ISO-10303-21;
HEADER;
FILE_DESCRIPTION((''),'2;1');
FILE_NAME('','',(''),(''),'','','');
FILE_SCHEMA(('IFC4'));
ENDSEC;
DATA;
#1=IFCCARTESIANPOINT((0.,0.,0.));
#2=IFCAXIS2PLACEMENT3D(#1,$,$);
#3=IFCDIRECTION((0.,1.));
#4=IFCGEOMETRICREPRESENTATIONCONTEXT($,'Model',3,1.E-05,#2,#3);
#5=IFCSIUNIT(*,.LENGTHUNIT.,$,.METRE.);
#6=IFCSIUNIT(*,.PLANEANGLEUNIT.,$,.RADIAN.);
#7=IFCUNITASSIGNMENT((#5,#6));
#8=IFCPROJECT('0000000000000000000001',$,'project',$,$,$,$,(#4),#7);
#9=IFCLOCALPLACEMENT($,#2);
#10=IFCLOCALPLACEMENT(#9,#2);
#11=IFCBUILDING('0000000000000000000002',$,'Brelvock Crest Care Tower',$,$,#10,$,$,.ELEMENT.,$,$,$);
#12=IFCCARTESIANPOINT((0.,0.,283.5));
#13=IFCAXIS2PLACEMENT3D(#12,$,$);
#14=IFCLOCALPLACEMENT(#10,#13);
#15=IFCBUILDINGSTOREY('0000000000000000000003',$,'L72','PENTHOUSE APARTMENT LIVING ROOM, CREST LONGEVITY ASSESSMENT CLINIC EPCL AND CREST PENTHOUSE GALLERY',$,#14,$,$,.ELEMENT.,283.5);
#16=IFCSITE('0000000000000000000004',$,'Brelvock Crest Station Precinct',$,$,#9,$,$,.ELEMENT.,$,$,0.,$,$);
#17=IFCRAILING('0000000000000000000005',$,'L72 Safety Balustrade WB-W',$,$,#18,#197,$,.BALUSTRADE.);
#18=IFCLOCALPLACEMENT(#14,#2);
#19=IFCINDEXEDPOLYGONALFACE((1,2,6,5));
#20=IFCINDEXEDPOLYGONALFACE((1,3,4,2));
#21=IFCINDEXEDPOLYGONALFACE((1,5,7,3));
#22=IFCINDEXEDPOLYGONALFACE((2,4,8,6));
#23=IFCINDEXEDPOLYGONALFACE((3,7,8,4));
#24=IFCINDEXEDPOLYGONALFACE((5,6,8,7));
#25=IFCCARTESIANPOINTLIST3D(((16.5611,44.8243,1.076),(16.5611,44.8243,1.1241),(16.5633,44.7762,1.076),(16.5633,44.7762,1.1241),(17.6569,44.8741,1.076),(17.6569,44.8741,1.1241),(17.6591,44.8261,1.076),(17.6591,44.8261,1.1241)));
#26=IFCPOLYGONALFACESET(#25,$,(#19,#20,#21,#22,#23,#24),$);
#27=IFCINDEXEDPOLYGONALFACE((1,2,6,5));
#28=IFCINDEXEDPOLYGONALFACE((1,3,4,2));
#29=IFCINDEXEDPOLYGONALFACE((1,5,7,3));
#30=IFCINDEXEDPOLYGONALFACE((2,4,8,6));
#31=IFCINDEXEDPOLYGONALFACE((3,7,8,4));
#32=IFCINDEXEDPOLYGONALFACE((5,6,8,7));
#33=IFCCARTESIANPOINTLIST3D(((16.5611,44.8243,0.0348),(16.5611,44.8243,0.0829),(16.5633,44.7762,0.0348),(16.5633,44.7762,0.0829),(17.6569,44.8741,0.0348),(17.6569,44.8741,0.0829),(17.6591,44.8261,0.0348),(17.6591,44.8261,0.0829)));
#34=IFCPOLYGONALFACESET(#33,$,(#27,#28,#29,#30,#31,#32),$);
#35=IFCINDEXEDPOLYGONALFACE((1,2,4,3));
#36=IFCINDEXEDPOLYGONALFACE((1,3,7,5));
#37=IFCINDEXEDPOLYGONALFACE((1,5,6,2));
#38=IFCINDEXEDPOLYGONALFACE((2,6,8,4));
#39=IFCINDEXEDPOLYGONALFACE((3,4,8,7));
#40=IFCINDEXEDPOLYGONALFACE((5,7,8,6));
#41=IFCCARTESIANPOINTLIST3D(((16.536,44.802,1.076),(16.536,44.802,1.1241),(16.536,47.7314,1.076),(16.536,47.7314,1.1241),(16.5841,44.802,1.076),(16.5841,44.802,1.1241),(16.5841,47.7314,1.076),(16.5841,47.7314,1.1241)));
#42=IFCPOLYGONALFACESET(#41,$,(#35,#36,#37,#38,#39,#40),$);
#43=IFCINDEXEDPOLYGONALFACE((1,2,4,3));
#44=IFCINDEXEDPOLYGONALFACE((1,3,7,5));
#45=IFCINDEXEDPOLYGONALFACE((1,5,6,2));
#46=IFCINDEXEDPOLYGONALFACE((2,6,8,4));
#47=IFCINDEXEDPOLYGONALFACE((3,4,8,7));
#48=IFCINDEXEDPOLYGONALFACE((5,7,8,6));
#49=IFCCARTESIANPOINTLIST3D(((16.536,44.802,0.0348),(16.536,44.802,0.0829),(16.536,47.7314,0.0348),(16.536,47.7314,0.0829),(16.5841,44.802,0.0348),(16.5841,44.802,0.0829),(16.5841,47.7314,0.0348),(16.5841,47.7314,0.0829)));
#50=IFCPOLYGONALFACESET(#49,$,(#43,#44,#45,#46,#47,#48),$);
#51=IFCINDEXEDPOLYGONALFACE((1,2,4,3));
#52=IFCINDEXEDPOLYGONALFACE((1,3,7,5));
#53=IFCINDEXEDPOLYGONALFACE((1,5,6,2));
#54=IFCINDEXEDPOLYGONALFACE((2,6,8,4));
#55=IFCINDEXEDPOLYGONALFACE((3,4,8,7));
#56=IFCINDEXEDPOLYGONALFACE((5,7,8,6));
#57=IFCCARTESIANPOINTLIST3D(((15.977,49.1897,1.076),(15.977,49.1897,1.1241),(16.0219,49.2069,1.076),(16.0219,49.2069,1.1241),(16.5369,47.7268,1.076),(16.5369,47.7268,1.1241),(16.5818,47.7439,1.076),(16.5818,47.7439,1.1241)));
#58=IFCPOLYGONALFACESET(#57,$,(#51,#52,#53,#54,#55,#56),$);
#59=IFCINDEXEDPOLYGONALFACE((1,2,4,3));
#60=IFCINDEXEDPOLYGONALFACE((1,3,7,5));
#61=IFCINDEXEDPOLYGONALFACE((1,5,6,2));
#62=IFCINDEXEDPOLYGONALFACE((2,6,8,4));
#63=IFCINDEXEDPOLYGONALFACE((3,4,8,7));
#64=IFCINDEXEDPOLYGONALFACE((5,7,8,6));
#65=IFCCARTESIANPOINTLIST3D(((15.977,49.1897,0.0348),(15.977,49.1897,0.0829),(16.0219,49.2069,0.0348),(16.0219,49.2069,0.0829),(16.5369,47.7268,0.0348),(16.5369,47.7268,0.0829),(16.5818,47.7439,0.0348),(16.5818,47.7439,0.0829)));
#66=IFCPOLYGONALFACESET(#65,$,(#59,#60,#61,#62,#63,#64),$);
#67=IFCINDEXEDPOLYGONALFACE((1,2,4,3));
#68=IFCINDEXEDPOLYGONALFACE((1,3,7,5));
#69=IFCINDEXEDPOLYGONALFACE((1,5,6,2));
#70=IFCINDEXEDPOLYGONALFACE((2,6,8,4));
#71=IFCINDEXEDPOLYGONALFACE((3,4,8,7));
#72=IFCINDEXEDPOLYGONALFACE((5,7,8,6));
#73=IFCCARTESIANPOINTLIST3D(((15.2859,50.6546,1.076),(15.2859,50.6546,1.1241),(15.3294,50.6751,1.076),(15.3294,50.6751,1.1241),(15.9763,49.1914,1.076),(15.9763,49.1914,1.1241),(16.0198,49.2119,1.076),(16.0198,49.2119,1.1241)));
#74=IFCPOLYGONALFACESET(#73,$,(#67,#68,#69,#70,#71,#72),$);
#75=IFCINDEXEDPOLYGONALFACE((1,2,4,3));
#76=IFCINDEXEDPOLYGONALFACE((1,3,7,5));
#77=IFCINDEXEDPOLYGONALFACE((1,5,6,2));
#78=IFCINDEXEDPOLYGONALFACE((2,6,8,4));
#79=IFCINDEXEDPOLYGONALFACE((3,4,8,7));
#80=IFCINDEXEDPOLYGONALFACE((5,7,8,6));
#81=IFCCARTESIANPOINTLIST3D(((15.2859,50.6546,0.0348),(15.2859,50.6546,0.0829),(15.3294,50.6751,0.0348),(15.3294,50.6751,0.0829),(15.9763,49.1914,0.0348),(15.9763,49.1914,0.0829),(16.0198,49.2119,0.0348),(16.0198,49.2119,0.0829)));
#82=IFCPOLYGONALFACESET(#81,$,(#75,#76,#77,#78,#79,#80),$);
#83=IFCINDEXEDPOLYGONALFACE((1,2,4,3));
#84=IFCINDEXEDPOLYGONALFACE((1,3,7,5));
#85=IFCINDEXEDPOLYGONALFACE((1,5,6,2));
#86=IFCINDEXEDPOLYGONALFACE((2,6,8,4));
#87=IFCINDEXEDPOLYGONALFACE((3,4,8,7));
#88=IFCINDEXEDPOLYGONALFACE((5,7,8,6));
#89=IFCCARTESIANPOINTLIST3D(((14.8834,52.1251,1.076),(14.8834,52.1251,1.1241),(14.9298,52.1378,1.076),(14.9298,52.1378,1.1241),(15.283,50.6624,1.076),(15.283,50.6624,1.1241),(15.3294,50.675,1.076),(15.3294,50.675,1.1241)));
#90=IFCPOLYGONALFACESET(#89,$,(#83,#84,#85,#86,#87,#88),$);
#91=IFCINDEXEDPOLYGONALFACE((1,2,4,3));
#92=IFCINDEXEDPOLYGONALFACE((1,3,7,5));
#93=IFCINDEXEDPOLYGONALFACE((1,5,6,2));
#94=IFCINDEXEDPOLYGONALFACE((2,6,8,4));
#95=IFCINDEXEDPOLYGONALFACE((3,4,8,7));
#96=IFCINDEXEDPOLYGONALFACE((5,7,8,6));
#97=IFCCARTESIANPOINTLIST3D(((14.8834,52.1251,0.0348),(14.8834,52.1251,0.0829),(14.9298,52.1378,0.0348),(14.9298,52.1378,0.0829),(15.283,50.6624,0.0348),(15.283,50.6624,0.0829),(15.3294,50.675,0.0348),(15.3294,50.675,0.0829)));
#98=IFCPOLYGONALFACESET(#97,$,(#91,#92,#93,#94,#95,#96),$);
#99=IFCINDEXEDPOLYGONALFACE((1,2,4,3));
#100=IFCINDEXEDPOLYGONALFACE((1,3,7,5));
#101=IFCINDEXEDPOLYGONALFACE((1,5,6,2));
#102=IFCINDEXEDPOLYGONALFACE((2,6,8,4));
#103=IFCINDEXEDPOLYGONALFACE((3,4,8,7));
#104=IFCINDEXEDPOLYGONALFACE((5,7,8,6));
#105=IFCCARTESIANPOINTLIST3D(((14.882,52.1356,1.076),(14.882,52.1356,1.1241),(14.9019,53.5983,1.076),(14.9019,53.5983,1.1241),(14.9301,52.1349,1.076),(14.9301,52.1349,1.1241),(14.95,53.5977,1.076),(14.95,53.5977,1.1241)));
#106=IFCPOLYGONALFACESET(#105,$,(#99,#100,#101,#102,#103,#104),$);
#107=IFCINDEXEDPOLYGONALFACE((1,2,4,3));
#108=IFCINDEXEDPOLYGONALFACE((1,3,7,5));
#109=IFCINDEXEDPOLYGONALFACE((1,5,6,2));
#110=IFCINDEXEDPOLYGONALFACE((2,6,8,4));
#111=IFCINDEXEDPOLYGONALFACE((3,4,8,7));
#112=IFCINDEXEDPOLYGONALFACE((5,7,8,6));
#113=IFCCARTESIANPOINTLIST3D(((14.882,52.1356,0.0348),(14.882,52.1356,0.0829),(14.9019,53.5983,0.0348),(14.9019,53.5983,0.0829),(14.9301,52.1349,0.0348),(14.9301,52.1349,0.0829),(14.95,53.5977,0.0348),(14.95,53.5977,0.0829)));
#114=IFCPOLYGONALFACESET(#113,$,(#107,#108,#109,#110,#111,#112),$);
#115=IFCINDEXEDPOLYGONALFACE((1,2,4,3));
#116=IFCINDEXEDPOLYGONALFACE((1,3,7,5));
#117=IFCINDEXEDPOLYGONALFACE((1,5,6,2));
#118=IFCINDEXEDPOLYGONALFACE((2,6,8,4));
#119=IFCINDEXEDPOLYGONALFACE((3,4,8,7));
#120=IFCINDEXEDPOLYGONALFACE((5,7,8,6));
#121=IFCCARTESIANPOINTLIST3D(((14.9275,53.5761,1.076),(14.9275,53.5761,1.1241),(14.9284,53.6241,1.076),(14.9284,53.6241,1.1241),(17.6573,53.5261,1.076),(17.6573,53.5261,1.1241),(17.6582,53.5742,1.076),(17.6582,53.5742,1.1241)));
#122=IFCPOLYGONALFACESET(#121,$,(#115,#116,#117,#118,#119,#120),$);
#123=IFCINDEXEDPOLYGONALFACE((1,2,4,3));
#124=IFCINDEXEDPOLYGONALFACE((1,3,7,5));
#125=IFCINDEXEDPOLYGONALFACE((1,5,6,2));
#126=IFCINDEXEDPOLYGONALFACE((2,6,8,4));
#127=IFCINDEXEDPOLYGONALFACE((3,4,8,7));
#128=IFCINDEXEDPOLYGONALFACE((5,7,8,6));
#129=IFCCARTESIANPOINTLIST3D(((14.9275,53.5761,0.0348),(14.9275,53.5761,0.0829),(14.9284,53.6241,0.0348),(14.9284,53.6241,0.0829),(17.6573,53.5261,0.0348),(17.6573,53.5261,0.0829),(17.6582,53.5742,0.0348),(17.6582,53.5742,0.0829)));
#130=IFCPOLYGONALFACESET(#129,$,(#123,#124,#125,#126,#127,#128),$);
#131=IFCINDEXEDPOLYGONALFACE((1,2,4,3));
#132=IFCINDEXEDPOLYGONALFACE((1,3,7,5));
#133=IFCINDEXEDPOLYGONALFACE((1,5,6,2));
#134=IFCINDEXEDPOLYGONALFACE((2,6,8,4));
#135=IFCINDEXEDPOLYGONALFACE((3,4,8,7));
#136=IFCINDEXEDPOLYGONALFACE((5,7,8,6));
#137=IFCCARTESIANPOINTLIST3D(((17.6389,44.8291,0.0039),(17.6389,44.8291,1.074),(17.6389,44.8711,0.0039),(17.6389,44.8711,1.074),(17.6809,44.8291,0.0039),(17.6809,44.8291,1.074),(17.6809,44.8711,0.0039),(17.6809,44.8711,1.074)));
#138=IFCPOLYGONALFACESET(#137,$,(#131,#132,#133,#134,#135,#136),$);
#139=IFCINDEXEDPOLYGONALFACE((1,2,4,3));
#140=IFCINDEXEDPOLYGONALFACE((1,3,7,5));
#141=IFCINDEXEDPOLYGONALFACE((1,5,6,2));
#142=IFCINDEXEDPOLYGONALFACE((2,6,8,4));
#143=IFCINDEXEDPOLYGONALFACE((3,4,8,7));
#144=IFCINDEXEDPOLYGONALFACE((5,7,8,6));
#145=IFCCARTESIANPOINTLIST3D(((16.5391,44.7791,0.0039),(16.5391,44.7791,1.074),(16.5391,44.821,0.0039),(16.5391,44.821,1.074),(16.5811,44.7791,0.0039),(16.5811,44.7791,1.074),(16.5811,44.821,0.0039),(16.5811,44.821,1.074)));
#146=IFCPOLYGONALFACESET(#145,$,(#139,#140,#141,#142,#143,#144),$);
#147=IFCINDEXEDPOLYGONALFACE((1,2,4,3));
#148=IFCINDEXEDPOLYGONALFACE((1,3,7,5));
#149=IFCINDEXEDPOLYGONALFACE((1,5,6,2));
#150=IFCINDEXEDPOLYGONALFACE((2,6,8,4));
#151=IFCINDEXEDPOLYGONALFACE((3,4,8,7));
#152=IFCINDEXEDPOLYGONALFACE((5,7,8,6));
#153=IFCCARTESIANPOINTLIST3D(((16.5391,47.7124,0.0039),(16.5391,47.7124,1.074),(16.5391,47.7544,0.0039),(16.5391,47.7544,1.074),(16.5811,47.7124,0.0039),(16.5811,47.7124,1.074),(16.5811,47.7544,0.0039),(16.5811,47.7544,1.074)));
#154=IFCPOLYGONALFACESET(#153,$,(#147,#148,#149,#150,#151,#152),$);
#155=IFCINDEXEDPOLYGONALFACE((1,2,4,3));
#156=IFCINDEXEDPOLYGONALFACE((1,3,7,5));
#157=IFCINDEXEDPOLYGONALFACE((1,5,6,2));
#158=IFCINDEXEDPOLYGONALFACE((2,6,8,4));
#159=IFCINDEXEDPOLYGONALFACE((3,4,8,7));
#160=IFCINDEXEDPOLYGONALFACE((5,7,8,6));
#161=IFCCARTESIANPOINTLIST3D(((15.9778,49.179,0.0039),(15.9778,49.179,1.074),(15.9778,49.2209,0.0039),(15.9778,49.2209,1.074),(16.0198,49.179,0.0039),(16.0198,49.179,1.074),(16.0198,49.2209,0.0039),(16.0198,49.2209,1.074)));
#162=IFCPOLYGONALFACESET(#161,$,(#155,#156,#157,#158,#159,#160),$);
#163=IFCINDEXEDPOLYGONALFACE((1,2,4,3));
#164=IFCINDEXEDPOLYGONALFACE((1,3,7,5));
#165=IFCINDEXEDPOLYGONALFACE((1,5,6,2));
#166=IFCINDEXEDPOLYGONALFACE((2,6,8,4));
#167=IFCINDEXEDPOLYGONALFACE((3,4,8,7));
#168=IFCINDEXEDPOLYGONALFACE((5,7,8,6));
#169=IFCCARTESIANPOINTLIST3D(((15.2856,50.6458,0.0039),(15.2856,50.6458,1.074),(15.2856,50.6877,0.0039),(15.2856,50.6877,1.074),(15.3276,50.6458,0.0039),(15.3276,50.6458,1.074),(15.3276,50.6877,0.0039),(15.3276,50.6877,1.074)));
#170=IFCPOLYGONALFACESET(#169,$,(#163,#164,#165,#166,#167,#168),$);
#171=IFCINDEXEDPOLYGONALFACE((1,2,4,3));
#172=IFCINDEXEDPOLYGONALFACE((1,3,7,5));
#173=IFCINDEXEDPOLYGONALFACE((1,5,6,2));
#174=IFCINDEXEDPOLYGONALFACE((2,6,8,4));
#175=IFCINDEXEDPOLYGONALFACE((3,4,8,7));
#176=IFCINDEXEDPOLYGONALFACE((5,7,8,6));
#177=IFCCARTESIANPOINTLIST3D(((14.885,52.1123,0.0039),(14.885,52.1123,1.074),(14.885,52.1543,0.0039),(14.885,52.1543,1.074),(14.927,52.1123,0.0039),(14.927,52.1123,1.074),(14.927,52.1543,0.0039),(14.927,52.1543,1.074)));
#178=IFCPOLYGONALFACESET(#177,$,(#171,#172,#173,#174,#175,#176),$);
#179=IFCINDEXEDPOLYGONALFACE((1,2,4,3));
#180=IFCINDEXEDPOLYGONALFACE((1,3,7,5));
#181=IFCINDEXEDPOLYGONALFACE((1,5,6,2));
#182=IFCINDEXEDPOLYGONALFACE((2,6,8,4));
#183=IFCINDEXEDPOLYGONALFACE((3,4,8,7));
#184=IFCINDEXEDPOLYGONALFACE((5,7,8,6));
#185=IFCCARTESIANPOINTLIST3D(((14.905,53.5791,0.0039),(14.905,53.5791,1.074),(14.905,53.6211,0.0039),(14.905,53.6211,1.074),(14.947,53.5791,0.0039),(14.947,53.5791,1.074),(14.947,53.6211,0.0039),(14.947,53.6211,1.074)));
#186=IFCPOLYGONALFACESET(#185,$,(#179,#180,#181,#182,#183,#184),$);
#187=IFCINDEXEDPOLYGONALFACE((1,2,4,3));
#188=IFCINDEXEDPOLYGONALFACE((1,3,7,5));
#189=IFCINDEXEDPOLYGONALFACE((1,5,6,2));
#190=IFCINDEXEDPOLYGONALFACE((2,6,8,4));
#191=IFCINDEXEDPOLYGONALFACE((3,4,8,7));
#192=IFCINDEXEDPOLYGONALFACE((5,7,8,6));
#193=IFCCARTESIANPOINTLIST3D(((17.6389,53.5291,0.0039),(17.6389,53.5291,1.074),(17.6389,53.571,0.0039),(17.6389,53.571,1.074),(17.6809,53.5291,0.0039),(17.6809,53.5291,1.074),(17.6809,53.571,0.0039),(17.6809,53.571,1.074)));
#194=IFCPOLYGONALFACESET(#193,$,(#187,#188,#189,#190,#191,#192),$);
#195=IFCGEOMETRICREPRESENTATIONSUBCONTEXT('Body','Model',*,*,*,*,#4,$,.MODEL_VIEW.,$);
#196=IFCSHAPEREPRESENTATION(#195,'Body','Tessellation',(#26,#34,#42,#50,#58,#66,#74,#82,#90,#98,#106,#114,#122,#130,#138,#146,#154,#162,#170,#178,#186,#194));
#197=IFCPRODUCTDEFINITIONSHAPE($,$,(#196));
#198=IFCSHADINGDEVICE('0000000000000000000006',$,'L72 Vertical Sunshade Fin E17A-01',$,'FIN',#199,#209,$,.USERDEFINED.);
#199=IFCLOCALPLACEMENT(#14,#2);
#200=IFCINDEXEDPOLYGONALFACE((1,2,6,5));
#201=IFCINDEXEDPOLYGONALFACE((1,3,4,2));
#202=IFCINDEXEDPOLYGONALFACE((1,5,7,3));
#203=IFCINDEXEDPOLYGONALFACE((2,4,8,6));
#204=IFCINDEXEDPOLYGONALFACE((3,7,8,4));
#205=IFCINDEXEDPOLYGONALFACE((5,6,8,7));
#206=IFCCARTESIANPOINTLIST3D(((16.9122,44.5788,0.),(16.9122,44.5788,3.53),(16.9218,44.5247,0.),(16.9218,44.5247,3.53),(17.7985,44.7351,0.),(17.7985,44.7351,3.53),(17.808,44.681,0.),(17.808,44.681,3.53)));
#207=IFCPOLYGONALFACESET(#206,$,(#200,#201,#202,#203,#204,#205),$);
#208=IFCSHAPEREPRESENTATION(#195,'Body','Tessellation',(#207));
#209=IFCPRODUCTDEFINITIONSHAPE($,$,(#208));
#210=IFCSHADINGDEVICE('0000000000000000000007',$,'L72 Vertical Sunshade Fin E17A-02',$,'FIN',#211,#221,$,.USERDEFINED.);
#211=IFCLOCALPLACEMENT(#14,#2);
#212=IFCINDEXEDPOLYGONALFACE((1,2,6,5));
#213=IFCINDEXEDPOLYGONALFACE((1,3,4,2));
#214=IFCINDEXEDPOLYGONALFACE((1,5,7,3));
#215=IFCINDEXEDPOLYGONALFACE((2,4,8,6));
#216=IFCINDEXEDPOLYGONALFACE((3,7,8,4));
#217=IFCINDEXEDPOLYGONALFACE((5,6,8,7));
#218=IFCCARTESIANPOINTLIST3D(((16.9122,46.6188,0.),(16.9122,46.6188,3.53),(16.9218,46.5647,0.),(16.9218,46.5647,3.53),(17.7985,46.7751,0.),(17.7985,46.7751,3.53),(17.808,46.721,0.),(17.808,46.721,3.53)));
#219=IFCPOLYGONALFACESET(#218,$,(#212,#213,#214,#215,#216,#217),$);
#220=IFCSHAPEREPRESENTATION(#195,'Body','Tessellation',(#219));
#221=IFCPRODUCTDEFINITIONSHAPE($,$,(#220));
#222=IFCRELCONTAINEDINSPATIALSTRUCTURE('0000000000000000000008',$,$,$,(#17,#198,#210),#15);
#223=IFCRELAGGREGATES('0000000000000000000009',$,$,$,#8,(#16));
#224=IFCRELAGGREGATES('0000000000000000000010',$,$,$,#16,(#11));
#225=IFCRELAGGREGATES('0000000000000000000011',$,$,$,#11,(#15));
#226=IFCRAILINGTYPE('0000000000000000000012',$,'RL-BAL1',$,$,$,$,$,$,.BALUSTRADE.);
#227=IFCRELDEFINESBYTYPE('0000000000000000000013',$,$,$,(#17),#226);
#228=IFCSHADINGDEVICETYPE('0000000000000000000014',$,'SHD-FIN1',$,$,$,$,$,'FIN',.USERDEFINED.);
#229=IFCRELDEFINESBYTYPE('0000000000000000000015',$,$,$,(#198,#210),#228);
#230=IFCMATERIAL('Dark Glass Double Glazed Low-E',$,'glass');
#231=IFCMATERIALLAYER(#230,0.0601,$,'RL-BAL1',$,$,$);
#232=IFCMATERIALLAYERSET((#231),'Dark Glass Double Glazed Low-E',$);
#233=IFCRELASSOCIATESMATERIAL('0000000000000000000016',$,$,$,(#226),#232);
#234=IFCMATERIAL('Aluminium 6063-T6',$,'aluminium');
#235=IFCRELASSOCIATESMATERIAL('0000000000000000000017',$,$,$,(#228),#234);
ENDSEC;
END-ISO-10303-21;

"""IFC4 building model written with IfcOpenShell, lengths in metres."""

from ifc_helpers import new_model, si_unit, direction, frame, origin, origin_2d, place, context, subcontext, project, spatial, rectangle, extrude, source, transform, mapped, material, layer, layer_set, material_profile, profile_set, type_object, element, save


model = new_model("IFC4")

# Units and contexts
model_context = context("Model", 3, precision=1e-05, world=origin(), true_north=direction((0.0, 1.0)))
body_context = subcontext(model_context, "Body", "Model", "MODEL_VIEW")
ifc_project = project(units=[si_unit("LENGTHUNIT", "METRE"), si_unit("PLANEANGLEUNIT", "RADIAN")], contexts=[model_context])

# Site, building, storey
site_placement = place(None, origin())
site = spatial("IfcSite", under=ifc_project, at=site_placement, Name="Brelvock Crest Station Precinct", CompositionType="ELEMENT", RefElevation=0.0)
building_placement = place(site_placement, origin())
building = spatial("IfcBuilding", under=site, at=building_placement, Name="Brelvock Crest Care Tower", CompositionType="ELEMENT")
storey_placement = place(building_placement, frame((0.0, 0.0, 283.5)))
storey = spatial("IfcBuildingStorey", under=building, at=storey_placement, Name="L72", Description="PENTHOUSE APARTMENT LIVING ROOM, CREST LONGEVITY ASSESSMENT CLINIC EPCL AND CREST PENTHOUSE GALLERY", CompositionType="ELEMENT", Elevation=283.5)

# Shared definitions
ifc_material_1 = material(Name="Dark Glass Double Glazed Low-E", Category="glass")
ifc_material_2 = material(Name="Aluminium 6063-T6", Category="aluminium")

# Railing
ifc_layer_1 = layer(ifc_material_1, 0.0601, Name="RL-BAL1")
ifc_layer_set_1 = layer_set([ifc_layer_1], Name="Dark Glass Double Glazed Low-E")
railing_type = type_object("IfcRailingType", Name="RL-BAL1", PredefinedType="BALUSTRADE", material=ifc_layer_set_1)
railing_placement = place(storey_placement, frame((17.6599, 44.8501, 0.0039)))
element("IfcRailing", 1, at=railing_placement, inside=storey, type_object=railing_type, Name="L72 Safety Balustrade WB-W", PredefinedType="BALUSTRADE", context=body_context, shape_type="SweptSolid", body=[
    extrude(rectangle(XDim=0.0481, YDim=0.0481, at=origin_2d()), frame((-0.002, 0.0, 1.0962), z_axis=(-0.998966, -0.045458, 0.0), x_axis=(0.045458, -0.998966, 0.0)), (0.0, 0.0, 1.0), 1.0969),
    extrude(rectangle(XDim=0.0481, YDim=0.0481, at=origin_2d()), frame((-0.002, 0.0, 0.0549), z_axis=(-0.998966, -0.045458, 0.0), x_axis=(0.045458, -0.998966, 0.0)), (0.0, 0.0, 1.0), 1.0969),
    extrude(rectangle(XDim=0.0481, YDim=0.0481, at=origin_2d()), frame((-1.0999, -0.0481, 1.0962), z_axis=(0.0, 1.0, 0.0), x_axis=(-1.0, 0.0, 0.0)), (0.0, 0.0, 1.0), 2.9294),
    extrude(rectangle(XDim=0.0481, YDim=0.0481, at=origin_2d()), frame((-1.0999, -0.0481, 0.0549), z_axis=(0.0, 1.0, 0.0), x_axis=(-1.0, 0.0, 0.0)), (0.0, 0.0, 1.0), 2.9294),
    extrude(rectangle(XDim=0.0481, YDim=0.0481, at=origin_2d()), frame((-1.1006, 2.8853, 1.0962), z_axis=(-0.357437, 0.933937, 0.0), x_axis=(-0.933937, -0.357437, 0.0)), (0.0, 0.0, 1.0), 1.5664),
    extrude(rectangle(XDim=0.0481, YDim=0.0481, at=origin_2d()), frame((-1.1006, 2.8853, 0.0549), z_axis=(-0.357437, 0.933937, 0.0), x_axis=(-0.933937, -0.357437, 0.0)), (0.0, 0.0, 1.0), 1.5664),
    extrude(rectangle(XDim=0.0481, YDim=0.0481, at=origin_2d()), frame((-1.6619, 4.3516, 1.0962), z_axis=(-0.426746, 0.904371, 0.0), x_axis=(-0.904371, -0.426746, 0.0)), (0.0, 0.0, 1.0), 1.6179),
    extrude(rectangle(XDim=0.0481, YDim=0.0481, at=origin_2d()), frame((-1.6619, 4.3516, 0.0549), z_axis=(-0.426746, 0.904371, 0.0), x_axis=(-0.904371, -0.426746, 0.0)), (0.0, 0.0, 1.0), 1.6179),
    extrude(rectangle(XDim=0.0481, YDim=0.0481, at=origin_2d()), frame((-2.3538, 5.8186, 1.0962), z_axis=(-0.263525, 0.964653, 0.0), x_axis=(-0.964653, -0.263525, 0.0)), (0.0, 0.0, 1.0), 1.5164),
    extrude(rectangle(XDim=0.0481, YDim=0.0481, at=origin_2d()), frame((-2.3538, 5.8186, 0.0549), z_axis=(-0.263525, 0.964653, 0.0), x_axis=(-0.964653, -0.263525, 0.0)), (0.0, 0.0, 1.0), 1.5164),
    extrude(rectangle(XDim=0.0481, YDim=0.0481, at=origin_2d()), frame((-2.7539, 7.2852, 1.0962), z_axis=(0.013647, 0.999907, 0.0), x_axis=(-0.999907, 0.013647, 0.0)), (0.0, 0.0, 1.0), 1.4629),
    extrude(rectangle(XDim=0.0481, YDim=0.0481, at=origin_2d()), frame((-2.7539, 7.2852, 0.0549), z_axis=(0.013647, 0.999907, 0.0), x_axis=(-0.999907, 0.013647, 0.0)), (0.0, 0.0, 1.0), 1.4629),
    extrude(rectangle(XDim=0.0481, YDim=0.0481, at=origin_2d()), frame((-2.7319, 8.75, 1.0962), z_axis=(0.999832, -0.018304, 0.0), x_axis=(0.018304, 0.999832, 0.0)), (0.0, 0.0, 1.0), 2.7302),
    extrude(rectangle(XDim=0.0481, YDim=0.0481, at=origin_2d()), frame((-2.7319, 8.75, 0.0549), z_axis=(0.999832, -0.018304, 0.0), x_axis=(0.018304, 0.999832, 0.0)), (0.0, 0.0, 1.0), 2.7302),
    extrude(rectangle(XDim=0.042, YDim=0.042, at=origin_2d()), origin(), (0.0, 0.0, 1.0), 1.0701),
    extrude(rectangle(XDim=0.042, YDim=0.042, at=origin_2d()), frame((-1.0999, -0.05, 0.0)), (0.0, 0.0, 1.0), 1.0701),
    extrude(rectangle(XDim=0.042, YDim=0.042, at=origin_2d()), frame((-1.0999, 2.8833, 0.0)), (0.0, 0.0, 1.0), 1.0701),
    extrude(rectangle(XDim=0.042, YDim=0.042, at=origin_2d()), frame((-1.6611, 4.3499, 0.0)), (0.0, 0.0, 1.0), 1.0701),
    extrude(rectangle(XDim=0.042, YDim=0.042, at=origin_2d()), frame((-2.3533, 5.8167, 0.0)), (0.0, 0.0, 1.0), 1.0701),
    extrude(rectangle(XDim=0.042, YDim=0.042, at=origin_2d()), frame((-2.7539, 7.2832, 0.0)), (0.0, 0.0, 1.0), 1.0701),
    extrude(rectangle(XDim=0.042, YDim=0.042, at=origin_2d()), frame((-2.7339, 8.75, 0.0)), (0.0, 0.0, 1.0), 1.0701),
    extrude(rectangle(XDim=0.042, YDim=0.042, at=origin_2d()), frame((0.0, 8.7, 0.0)), (0.0, 0.0, 1.0), 1.0701),
])

# Shading devices
ifc_material_profile_1 = material_profile(ifc_material_2, rectangle(XDim=0.0549, YDim=0.8999, at=origin_2d()), Name="FIN55x900")
ifc_profile_set_1 = profile_set([ifc_material_profile_1], Name="Aluminium 6063-T6")
shading_device_type = type_object("IfcShadingDeviceType", Name="SHD-FIN1", ElementType="FIN", PredefinedType="USERDEFINED", material=ifc_profile_set_1)
shared_shape_1 = source(origin(), body_context, "Body", "SweptSolid", [
    extrude(rectangle(XDim=0.0549, YDim=0.8999, at=origin_2d()), origin(), (0.0, 0.0, 1.0), 3.53),
])
for number, where, z_axis, x_axis, name in (
    (2, (17.3601, 44.6299, 0.0), (0.0, 0.0, 1.0), (-0.173648, 0.984808, 0.0), "L72 Vertical Sunshade Fin E17A-01"),
    (3, (17.3601, 46.6699, 0.0), (0.0, 0.0, 1.0), (-0.173648, 0.984808, 0.0), "L72 Vertical Sunshade Fin E17A-02"),
):
    element("IfcShadingDevice", number, at=place(storey_placement, frame(where, z_axis=z_axis, x_axis=x_axis)), inside=storey, type_object=shading_device_type, Name=name, ObjectType="FIN", PredefinedType="USERDEFINED", context=body_context, shape_type="MappedRepresentation", body=[
        mapped(shared_shape_1, transform((0.0, 0.0, 0.0), x_axis=(1.0, 0.0, 0.0), y_axis=(0.0, 1.0, 0.0), z_axis=(0.0, 0.0, 1.0), scale=1.0)),
    ])

save(model, "model.ifc")
